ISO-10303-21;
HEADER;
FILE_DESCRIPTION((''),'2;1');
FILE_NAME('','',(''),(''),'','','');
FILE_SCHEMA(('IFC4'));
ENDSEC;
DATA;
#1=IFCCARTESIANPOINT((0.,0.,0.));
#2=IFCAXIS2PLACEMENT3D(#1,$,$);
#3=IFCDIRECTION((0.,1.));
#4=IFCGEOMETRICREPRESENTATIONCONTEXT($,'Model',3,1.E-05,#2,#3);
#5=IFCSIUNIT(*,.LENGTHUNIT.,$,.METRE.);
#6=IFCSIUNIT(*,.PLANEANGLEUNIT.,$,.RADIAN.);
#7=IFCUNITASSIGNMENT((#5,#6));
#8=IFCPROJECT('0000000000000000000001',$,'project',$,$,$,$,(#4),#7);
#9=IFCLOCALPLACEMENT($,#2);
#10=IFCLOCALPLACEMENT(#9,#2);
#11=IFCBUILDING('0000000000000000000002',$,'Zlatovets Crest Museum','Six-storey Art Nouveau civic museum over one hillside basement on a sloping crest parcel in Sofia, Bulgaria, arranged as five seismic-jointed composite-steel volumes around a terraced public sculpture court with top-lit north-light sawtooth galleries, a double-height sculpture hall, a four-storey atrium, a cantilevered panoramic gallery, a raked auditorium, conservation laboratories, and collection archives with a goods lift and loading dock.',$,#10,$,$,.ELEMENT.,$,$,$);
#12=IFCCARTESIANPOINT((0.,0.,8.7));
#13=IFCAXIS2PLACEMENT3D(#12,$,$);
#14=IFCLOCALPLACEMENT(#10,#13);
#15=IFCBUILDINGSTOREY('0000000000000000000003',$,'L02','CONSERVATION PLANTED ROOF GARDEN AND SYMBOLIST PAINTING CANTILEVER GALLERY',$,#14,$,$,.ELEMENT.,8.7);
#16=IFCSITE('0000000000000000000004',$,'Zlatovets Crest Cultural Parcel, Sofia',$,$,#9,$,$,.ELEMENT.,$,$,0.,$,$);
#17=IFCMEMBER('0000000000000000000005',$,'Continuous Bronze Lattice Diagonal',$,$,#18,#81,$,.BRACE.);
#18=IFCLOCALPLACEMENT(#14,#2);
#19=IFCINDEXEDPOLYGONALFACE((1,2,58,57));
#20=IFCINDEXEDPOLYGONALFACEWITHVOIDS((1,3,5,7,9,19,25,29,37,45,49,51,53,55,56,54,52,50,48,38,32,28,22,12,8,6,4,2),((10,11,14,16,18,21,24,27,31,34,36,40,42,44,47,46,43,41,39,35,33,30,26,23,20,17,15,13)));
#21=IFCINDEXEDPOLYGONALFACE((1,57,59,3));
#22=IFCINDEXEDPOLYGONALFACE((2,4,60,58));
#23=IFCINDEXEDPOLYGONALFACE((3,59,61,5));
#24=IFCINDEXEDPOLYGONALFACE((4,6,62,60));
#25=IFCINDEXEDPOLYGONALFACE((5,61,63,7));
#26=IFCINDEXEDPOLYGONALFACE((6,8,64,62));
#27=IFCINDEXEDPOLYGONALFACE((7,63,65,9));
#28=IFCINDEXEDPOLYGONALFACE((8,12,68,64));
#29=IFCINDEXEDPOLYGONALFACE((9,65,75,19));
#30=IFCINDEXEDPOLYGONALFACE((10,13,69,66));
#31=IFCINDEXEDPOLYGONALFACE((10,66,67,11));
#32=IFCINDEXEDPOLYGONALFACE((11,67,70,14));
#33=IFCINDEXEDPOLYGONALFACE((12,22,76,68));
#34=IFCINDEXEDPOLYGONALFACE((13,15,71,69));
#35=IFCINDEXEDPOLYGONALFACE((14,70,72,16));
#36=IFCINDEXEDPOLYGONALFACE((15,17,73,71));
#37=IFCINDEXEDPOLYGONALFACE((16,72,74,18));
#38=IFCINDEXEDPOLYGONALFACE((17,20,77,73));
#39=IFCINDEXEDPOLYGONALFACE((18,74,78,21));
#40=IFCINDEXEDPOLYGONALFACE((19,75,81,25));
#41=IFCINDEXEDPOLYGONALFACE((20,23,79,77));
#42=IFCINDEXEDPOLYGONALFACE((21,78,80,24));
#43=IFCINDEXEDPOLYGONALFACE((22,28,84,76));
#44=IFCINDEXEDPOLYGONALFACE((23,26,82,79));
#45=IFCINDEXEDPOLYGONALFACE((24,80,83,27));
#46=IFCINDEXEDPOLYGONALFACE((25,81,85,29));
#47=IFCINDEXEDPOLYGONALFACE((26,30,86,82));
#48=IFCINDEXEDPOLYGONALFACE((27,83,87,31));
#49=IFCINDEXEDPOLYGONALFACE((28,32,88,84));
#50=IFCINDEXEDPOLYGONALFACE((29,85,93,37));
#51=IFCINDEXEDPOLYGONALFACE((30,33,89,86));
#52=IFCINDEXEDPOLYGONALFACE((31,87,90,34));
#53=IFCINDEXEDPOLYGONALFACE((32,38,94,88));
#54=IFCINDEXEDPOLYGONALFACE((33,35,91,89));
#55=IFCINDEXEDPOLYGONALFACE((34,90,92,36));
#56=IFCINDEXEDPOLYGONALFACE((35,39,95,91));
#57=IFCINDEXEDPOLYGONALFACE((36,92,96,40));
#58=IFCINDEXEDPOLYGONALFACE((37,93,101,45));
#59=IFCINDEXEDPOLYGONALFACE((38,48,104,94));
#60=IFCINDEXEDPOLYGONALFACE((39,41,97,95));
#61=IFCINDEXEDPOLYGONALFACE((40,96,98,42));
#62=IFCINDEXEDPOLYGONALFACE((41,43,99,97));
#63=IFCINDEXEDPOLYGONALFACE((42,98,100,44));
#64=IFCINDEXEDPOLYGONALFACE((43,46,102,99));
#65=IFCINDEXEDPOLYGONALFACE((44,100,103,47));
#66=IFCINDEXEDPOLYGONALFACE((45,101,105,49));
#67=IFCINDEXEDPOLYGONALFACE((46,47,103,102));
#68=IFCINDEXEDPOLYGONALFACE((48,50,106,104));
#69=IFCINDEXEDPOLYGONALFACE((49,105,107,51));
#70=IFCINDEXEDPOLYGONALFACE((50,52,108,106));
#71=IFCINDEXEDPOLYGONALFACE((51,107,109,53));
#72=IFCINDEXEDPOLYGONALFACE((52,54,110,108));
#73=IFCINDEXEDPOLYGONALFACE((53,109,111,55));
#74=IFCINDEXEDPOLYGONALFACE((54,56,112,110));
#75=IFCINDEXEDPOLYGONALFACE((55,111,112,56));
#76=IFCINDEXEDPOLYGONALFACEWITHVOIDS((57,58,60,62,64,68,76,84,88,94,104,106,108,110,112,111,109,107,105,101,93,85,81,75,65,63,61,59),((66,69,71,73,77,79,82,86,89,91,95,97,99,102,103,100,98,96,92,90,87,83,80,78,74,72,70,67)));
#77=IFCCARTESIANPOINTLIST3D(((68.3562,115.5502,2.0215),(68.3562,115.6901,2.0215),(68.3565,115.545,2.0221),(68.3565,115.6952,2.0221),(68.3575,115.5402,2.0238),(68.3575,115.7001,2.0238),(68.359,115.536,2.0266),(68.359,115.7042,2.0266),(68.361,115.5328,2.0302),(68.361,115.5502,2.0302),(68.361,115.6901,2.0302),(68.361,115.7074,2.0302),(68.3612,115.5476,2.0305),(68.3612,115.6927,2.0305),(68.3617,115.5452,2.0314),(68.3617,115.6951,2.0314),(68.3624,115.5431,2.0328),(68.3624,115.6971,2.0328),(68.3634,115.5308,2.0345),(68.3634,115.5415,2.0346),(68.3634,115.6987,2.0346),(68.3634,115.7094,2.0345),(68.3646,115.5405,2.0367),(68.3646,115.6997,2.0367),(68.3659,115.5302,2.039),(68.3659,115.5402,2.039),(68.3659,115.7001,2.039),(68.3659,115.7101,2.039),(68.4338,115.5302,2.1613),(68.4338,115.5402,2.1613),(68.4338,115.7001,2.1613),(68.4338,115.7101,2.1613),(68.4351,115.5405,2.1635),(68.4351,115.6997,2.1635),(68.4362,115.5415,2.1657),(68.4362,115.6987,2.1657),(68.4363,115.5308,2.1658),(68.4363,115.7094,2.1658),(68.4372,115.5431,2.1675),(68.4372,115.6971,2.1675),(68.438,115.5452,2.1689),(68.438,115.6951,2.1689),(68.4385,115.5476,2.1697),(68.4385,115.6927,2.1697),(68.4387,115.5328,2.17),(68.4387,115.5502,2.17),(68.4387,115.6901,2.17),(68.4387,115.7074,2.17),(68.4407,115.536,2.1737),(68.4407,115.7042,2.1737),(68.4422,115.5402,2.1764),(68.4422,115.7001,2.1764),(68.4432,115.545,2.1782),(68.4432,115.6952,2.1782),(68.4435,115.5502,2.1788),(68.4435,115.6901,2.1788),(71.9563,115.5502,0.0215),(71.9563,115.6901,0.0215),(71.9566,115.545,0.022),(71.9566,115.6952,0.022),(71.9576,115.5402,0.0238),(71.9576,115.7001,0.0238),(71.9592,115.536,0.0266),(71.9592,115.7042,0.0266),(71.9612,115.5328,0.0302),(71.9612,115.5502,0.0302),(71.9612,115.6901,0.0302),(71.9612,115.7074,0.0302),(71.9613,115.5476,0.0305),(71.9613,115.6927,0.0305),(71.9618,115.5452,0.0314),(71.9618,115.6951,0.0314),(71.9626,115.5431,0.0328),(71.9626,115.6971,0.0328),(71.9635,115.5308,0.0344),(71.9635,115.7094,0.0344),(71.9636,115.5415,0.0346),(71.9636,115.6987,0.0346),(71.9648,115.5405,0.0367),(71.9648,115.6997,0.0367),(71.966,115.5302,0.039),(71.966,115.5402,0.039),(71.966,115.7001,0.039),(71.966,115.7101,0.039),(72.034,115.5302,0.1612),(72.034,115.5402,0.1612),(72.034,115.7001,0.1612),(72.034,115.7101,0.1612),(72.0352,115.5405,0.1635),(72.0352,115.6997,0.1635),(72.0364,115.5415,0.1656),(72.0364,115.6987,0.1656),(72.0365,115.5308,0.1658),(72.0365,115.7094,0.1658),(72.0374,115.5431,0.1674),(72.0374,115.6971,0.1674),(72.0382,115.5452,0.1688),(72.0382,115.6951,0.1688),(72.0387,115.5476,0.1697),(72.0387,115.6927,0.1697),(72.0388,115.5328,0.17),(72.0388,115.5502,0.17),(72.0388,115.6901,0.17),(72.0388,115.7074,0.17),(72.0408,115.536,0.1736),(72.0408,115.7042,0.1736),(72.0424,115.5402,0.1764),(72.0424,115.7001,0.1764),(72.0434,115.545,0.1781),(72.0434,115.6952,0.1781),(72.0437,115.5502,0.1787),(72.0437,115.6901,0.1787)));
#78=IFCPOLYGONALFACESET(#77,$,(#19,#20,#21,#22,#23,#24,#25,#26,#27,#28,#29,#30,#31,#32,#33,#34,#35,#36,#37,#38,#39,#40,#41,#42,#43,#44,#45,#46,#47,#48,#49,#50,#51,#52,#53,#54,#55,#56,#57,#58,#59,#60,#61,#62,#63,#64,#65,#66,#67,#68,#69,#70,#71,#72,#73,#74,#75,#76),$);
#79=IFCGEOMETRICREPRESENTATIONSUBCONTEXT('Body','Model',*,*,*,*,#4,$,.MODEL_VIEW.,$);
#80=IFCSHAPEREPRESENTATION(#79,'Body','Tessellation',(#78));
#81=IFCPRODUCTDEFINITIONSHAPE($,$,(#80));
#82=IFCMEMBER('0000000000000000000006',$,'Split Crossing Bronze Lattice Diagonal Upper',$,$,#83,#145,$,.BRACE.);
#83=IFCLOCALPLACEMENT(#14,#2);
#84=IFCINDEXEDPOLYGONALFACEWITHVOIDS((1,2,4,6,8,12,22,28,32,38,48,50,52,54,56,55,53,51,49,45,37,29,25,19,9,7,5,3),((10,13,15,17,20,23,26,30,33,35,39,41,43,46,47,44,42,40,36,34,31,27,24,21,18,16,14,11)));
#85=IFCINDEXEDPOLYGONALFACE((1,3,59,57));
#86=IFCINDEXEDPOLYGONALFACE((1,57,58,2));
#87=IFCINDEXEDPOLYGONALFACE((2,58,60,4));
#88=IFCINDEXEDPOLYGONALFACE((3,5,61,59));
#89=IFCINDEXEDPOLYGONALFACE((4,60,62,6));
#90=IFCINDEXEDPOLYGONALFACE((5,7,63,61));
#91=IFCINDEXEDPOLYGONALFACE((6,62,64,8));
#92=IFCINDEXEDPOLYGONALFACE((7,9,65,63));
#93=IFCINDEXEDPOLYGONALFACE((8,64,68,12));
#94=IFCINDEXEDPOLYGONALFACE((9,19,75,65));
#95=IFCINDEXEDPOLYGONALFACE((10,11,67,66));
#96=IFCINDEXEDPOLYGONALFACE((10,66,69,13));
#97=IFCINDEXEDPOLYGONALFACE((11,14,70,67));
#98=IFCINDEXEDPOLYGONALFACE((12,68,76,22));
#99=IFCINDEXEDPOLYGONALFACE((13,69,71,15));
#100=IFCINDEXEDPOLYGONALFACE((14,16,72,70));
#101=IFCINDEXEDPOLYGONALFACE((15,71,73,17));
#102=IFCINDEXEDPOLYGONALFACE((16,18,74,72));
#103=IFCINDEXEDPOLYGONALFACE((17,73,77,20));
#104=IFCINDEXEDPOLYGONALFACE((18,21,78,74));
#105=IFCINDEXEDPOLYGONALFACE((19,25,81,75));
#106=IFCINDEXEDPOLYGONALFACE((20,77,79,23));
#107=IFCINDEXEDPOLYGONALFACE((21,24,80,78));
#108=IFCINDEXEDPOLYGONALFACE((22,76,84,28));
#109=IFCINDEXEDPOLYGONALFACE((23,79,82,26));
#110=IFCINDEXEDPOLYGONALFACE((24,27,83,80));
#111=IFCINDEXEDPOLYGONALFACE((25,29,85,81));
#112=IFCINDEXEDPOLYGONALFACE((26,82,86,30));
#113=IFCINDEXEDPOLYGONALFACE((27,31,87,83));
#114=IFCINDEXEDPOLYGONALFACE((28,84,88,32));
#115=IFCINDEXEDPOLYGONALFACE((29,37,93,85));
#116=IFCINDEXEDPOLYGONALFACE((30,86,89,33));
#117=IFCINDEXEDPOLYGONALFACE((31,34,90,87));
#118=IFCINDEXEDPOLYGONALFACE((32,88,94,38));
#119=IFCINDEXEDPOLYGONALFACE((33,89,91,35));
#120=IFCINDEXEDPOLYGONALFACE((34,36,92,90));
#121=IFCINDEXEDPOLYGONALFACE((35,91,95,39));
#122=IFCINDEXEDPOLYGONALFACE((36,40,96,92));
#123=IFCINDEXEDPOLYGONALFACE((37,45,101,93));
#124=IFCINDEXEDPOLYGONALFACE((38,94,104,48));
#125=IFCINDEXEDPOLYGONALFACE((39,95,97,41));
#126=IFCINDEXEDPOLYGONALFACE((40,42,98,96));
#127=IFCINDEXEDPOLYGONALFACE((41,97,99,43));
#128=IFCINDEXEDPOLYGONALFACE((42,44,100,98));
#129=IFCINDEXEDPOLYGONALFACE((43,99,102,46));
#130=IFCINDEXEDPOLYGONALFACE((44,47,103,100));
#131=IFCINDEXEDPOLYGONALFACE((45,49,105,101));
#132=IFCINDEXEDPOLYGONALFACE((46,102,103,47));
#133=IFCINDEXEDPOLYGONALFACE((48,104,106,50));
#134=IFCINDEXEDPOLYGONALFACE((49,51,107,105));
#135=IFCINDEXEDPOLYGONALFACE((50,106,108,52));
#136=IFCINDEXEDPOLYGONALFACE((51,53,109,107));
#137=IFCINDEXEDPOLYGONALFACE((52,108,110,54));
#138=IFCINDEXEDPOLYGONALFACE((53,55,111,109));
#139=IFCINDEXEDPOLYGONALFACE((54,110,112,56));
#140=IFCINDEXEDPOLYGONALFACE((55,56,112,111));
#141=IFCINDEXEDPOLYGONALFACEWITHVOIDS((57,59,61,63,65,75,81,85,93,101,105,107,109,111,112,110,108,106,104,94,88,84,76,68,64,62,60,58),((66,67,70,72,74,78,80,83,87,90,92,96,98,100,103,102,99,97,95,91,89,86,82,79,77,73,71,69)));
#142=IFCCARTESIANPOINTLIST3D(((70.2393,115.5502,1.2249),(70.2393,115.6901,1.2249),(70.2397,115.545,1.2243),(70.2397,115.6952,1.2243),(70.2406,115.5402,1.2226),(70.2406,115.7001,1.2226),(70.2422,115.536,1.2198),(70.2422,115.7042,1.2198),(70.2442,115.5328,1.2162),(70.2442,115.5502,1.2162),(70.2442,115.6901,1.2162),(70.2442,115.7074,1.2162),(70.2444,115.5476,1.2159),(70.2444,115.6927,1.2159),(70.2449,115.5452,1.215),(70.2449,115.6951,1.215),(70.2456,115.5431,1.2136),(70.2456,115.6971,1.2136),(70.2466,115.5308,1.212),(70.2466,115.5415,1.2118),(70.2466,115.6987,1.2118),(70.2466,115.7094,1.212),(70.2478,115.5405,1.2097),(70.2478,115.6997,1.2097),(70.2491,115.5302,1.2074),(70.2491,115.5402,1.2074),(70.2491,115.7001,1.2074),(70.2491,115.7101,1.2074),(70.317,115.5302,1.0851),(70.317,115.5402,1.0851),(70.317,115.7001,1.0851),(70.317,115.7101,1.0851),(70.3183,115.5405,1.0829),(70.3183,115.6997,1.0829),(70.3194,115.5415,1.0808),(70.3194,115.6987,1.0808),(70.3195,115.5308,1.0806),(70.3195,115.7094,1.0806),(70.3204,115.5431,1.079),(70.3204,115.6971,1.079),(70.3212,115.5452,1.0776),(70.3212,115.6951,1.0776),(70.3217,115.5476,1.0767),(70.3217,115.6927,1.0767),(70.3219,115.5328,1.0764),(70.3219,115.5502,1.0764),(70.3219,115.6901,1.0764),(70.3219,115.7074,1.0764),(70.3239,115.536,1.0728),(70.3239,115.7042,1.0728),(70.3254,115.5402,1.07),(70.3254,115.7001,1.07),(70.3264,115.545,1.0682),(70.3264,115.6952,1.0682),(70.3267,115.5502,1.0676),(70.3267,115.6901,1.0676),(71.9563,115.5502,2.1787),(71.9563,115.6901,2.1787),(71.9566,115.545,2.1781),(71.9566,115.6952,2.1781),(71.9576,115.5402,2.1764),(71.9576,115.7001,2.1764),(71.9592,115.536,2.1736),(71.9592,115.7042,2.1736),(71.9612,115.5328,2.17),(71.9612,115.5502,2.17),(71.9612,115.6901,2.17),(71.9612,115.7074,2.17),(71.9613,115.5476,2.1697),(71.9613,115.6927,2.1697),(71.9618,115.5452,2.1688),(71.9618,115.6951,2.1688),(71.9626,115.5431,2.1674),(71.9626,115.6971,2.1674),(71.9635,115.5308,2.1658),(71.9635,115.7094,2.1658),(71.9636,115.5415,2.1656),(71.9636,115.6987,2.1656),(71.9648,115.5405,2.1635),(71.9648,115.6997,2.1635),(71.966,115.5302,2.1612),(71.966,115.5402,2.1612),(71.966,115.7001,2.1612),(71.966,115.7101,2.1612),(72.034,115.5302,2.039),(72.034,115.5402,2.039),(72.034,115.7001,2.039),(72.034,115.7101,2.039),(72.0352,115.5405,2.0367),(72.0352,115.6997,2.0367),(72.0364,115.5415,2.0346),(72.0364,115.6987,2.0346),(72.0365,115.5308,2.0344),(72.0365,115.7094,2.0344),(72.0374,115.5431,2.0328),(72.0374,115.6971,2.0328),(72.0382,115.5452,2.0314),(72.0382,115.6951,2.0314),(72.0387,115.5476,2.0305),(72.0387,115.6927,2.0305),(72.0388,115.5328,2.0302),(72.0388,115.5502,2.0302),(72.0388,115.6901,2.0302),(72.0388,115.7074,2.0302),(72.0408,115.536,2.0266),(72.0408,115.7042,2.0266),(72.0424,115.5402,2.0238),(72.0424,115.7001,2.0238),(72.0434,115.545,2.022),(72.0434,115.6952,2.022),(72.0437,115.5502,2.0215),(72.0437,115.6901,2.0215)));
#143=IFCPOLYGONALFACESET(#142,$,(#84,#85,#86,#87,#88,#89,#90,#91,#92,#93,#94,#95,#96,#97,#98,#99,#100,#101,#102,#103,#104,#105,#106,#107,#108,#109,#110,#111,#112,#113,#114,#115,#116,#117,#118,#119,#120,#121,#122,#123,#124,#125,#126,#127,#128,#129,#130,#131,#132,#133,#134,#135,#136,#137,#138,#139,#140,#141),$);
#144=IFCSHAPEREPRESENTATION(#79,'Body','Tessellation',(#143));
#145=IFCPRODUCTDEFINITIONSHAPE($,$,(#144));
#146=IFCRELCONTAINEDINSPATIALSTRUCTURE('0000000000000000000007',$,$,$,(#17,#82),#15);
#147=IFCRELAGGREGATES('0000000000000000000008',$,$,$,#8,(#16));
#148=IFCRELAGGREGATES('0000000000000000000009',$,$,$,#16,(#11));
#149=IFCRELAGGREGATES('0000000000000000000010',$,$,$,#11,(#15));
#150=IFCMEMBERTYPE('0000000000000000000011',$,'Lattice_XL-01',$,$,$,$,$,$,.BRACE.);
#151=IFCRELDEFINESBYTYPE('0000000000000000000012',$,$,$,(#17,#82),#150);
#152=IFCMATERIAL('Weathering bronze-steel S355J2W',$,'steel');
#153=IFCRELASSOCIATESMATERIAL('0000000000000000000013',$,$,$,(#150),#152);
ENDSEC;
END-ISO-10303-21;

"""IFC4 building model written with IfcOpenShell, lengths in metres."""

from ifc_helpers import new_model, si_unit, direction, frame, origin, origin_2d, place, context, subcontext, project, spatial, hollow_rectangle, extrude, material, material_profile, profile_set, type_object, element, save


model = new_model("IFC4")

# Units and contexts
model_context = context("Model", 3, precision=1e-05, world=origin(), true_north=direction((0.0, 1.0)))
body_context = subcontext(model_context, "Body", "Model", "MODEL_VIEW")
ifc_project = project(units=[si_unit("LENGTHUNIT", "METRE"), si_unit("PLANEANGLEUNIT", "RADIAN")], contexts=[model_context])

# Site, building, storey
site_placement = place(None, origin())
site = spatial("IfcSite", under=ifc_project, at=site_placement, Name="Zlatovets Crest Cultural Parcel, Sofia", CompositionType="ELEMENT", RefElevation=0.0)
building_placement = place(site_placement, origin())
building = spatial("IfcBuilding", under=site, at=building_placement, Name="Zlatovets Crest Museum", Description="Six-storey Art Nouveau civic museum over one hillside basement on a sloping crest parcel in Sofia, Bulgaria, arranged as five seismic-jointed composite-steel volumes around a terraced public sculpture court with top-lit north-light sawtooth galleries, a double-height sculpture hall, a four-storey atrium, a cantilevered panoramic gallery, a raked auditorium, conservation laboratories, and collection archives with a goods lift and loading dock.", CompositionType="ELEMENT")
storey_placement = place(building_placement, frame((0.0, 0.0, 8.7)))
storey = spatial("IfcBuildingStorey", under=building, at=storey_placement, Name="L02", Description="CONSERVATION PLANTED ROOF GARDEN AND SYMBOLIST PAINTING CANTILEVER GALLERY", CompositionType="ELEMENT", Elevation=8.7)

# Members
ifc_material_1 = material(Name="Weathering bronze-steel S355J2W", Category="steel")
ifc_material_profile_1 = material_profile(ifc_material_1, hollow_rectangle(XDim=0.1799, YDim=0.1799, WallThickness=0.01, InnerFilletRadius=0.01, OuterFilletRadius=0.02, at=origin_2d()), Name="SHS 180x180x10.0")
ifc_profile_set_1 = profile_set([ifc_material_profile_1], Name="Weathering bronze-steel S355J2W")
member_type_1 = type_object("IfcMemberType", Name="Lattice_XL-01", PredefinedType="BRACE", material=ifc_profile_set_1)
member_1_placement = place(storey_placement, frame((72.0, 115.6201, 0.1001), z_axis=(-0.874163, 0.0, 0.485633), x_axis=(0.0, -1.0, 0.0)))
element("IfcMember", 1, at=member_1_placement, inside=storey, type_object=member_type_1, Name="Continuous Bronze Lattice Diagonal", PredefinedType="BRACE", context=body_context, shape_type="SweptSolid", body=[
    extrude(hollow_rectangle(XDim=0.1799, YDim=0.1799, WallThickness=0.01, InnerFilletRadius=0.01, OuterFilletRadius=0.02, at=origin_2d()), origin(), (0.0, 0.0, 1.0), 4.1184),
])
for number, where, z_axis, x_axis, name in (
    (2, (72.0, 115.6201, 2.1001), (-0.874169, 0.0, -0.485622), (0.0, -1.0, 0.0), "Split Crossing Bronze Lattice Diagonal Upper"),
):
    element("IfcMember", number, at=place(storey_placement, frame(where, z_axis=z_axis, x_axis=x_axis)), inside=storey, type_object=member_type_1, Name=name, PredefinedType="BRACE", context=body_context, shape_type="SweptSolid", body=[
        extrude(hollow_rectangle(XDim=0.1799, YDim=0.1799, WallThickness=0.01, InnerFilletRadius=0.01, OuterFilletRadius=0.02, at=origin_2d()), origin(), (0.0, 0.0, 1.0), 1.9641),
    ])

save(model, "model.ifc")
